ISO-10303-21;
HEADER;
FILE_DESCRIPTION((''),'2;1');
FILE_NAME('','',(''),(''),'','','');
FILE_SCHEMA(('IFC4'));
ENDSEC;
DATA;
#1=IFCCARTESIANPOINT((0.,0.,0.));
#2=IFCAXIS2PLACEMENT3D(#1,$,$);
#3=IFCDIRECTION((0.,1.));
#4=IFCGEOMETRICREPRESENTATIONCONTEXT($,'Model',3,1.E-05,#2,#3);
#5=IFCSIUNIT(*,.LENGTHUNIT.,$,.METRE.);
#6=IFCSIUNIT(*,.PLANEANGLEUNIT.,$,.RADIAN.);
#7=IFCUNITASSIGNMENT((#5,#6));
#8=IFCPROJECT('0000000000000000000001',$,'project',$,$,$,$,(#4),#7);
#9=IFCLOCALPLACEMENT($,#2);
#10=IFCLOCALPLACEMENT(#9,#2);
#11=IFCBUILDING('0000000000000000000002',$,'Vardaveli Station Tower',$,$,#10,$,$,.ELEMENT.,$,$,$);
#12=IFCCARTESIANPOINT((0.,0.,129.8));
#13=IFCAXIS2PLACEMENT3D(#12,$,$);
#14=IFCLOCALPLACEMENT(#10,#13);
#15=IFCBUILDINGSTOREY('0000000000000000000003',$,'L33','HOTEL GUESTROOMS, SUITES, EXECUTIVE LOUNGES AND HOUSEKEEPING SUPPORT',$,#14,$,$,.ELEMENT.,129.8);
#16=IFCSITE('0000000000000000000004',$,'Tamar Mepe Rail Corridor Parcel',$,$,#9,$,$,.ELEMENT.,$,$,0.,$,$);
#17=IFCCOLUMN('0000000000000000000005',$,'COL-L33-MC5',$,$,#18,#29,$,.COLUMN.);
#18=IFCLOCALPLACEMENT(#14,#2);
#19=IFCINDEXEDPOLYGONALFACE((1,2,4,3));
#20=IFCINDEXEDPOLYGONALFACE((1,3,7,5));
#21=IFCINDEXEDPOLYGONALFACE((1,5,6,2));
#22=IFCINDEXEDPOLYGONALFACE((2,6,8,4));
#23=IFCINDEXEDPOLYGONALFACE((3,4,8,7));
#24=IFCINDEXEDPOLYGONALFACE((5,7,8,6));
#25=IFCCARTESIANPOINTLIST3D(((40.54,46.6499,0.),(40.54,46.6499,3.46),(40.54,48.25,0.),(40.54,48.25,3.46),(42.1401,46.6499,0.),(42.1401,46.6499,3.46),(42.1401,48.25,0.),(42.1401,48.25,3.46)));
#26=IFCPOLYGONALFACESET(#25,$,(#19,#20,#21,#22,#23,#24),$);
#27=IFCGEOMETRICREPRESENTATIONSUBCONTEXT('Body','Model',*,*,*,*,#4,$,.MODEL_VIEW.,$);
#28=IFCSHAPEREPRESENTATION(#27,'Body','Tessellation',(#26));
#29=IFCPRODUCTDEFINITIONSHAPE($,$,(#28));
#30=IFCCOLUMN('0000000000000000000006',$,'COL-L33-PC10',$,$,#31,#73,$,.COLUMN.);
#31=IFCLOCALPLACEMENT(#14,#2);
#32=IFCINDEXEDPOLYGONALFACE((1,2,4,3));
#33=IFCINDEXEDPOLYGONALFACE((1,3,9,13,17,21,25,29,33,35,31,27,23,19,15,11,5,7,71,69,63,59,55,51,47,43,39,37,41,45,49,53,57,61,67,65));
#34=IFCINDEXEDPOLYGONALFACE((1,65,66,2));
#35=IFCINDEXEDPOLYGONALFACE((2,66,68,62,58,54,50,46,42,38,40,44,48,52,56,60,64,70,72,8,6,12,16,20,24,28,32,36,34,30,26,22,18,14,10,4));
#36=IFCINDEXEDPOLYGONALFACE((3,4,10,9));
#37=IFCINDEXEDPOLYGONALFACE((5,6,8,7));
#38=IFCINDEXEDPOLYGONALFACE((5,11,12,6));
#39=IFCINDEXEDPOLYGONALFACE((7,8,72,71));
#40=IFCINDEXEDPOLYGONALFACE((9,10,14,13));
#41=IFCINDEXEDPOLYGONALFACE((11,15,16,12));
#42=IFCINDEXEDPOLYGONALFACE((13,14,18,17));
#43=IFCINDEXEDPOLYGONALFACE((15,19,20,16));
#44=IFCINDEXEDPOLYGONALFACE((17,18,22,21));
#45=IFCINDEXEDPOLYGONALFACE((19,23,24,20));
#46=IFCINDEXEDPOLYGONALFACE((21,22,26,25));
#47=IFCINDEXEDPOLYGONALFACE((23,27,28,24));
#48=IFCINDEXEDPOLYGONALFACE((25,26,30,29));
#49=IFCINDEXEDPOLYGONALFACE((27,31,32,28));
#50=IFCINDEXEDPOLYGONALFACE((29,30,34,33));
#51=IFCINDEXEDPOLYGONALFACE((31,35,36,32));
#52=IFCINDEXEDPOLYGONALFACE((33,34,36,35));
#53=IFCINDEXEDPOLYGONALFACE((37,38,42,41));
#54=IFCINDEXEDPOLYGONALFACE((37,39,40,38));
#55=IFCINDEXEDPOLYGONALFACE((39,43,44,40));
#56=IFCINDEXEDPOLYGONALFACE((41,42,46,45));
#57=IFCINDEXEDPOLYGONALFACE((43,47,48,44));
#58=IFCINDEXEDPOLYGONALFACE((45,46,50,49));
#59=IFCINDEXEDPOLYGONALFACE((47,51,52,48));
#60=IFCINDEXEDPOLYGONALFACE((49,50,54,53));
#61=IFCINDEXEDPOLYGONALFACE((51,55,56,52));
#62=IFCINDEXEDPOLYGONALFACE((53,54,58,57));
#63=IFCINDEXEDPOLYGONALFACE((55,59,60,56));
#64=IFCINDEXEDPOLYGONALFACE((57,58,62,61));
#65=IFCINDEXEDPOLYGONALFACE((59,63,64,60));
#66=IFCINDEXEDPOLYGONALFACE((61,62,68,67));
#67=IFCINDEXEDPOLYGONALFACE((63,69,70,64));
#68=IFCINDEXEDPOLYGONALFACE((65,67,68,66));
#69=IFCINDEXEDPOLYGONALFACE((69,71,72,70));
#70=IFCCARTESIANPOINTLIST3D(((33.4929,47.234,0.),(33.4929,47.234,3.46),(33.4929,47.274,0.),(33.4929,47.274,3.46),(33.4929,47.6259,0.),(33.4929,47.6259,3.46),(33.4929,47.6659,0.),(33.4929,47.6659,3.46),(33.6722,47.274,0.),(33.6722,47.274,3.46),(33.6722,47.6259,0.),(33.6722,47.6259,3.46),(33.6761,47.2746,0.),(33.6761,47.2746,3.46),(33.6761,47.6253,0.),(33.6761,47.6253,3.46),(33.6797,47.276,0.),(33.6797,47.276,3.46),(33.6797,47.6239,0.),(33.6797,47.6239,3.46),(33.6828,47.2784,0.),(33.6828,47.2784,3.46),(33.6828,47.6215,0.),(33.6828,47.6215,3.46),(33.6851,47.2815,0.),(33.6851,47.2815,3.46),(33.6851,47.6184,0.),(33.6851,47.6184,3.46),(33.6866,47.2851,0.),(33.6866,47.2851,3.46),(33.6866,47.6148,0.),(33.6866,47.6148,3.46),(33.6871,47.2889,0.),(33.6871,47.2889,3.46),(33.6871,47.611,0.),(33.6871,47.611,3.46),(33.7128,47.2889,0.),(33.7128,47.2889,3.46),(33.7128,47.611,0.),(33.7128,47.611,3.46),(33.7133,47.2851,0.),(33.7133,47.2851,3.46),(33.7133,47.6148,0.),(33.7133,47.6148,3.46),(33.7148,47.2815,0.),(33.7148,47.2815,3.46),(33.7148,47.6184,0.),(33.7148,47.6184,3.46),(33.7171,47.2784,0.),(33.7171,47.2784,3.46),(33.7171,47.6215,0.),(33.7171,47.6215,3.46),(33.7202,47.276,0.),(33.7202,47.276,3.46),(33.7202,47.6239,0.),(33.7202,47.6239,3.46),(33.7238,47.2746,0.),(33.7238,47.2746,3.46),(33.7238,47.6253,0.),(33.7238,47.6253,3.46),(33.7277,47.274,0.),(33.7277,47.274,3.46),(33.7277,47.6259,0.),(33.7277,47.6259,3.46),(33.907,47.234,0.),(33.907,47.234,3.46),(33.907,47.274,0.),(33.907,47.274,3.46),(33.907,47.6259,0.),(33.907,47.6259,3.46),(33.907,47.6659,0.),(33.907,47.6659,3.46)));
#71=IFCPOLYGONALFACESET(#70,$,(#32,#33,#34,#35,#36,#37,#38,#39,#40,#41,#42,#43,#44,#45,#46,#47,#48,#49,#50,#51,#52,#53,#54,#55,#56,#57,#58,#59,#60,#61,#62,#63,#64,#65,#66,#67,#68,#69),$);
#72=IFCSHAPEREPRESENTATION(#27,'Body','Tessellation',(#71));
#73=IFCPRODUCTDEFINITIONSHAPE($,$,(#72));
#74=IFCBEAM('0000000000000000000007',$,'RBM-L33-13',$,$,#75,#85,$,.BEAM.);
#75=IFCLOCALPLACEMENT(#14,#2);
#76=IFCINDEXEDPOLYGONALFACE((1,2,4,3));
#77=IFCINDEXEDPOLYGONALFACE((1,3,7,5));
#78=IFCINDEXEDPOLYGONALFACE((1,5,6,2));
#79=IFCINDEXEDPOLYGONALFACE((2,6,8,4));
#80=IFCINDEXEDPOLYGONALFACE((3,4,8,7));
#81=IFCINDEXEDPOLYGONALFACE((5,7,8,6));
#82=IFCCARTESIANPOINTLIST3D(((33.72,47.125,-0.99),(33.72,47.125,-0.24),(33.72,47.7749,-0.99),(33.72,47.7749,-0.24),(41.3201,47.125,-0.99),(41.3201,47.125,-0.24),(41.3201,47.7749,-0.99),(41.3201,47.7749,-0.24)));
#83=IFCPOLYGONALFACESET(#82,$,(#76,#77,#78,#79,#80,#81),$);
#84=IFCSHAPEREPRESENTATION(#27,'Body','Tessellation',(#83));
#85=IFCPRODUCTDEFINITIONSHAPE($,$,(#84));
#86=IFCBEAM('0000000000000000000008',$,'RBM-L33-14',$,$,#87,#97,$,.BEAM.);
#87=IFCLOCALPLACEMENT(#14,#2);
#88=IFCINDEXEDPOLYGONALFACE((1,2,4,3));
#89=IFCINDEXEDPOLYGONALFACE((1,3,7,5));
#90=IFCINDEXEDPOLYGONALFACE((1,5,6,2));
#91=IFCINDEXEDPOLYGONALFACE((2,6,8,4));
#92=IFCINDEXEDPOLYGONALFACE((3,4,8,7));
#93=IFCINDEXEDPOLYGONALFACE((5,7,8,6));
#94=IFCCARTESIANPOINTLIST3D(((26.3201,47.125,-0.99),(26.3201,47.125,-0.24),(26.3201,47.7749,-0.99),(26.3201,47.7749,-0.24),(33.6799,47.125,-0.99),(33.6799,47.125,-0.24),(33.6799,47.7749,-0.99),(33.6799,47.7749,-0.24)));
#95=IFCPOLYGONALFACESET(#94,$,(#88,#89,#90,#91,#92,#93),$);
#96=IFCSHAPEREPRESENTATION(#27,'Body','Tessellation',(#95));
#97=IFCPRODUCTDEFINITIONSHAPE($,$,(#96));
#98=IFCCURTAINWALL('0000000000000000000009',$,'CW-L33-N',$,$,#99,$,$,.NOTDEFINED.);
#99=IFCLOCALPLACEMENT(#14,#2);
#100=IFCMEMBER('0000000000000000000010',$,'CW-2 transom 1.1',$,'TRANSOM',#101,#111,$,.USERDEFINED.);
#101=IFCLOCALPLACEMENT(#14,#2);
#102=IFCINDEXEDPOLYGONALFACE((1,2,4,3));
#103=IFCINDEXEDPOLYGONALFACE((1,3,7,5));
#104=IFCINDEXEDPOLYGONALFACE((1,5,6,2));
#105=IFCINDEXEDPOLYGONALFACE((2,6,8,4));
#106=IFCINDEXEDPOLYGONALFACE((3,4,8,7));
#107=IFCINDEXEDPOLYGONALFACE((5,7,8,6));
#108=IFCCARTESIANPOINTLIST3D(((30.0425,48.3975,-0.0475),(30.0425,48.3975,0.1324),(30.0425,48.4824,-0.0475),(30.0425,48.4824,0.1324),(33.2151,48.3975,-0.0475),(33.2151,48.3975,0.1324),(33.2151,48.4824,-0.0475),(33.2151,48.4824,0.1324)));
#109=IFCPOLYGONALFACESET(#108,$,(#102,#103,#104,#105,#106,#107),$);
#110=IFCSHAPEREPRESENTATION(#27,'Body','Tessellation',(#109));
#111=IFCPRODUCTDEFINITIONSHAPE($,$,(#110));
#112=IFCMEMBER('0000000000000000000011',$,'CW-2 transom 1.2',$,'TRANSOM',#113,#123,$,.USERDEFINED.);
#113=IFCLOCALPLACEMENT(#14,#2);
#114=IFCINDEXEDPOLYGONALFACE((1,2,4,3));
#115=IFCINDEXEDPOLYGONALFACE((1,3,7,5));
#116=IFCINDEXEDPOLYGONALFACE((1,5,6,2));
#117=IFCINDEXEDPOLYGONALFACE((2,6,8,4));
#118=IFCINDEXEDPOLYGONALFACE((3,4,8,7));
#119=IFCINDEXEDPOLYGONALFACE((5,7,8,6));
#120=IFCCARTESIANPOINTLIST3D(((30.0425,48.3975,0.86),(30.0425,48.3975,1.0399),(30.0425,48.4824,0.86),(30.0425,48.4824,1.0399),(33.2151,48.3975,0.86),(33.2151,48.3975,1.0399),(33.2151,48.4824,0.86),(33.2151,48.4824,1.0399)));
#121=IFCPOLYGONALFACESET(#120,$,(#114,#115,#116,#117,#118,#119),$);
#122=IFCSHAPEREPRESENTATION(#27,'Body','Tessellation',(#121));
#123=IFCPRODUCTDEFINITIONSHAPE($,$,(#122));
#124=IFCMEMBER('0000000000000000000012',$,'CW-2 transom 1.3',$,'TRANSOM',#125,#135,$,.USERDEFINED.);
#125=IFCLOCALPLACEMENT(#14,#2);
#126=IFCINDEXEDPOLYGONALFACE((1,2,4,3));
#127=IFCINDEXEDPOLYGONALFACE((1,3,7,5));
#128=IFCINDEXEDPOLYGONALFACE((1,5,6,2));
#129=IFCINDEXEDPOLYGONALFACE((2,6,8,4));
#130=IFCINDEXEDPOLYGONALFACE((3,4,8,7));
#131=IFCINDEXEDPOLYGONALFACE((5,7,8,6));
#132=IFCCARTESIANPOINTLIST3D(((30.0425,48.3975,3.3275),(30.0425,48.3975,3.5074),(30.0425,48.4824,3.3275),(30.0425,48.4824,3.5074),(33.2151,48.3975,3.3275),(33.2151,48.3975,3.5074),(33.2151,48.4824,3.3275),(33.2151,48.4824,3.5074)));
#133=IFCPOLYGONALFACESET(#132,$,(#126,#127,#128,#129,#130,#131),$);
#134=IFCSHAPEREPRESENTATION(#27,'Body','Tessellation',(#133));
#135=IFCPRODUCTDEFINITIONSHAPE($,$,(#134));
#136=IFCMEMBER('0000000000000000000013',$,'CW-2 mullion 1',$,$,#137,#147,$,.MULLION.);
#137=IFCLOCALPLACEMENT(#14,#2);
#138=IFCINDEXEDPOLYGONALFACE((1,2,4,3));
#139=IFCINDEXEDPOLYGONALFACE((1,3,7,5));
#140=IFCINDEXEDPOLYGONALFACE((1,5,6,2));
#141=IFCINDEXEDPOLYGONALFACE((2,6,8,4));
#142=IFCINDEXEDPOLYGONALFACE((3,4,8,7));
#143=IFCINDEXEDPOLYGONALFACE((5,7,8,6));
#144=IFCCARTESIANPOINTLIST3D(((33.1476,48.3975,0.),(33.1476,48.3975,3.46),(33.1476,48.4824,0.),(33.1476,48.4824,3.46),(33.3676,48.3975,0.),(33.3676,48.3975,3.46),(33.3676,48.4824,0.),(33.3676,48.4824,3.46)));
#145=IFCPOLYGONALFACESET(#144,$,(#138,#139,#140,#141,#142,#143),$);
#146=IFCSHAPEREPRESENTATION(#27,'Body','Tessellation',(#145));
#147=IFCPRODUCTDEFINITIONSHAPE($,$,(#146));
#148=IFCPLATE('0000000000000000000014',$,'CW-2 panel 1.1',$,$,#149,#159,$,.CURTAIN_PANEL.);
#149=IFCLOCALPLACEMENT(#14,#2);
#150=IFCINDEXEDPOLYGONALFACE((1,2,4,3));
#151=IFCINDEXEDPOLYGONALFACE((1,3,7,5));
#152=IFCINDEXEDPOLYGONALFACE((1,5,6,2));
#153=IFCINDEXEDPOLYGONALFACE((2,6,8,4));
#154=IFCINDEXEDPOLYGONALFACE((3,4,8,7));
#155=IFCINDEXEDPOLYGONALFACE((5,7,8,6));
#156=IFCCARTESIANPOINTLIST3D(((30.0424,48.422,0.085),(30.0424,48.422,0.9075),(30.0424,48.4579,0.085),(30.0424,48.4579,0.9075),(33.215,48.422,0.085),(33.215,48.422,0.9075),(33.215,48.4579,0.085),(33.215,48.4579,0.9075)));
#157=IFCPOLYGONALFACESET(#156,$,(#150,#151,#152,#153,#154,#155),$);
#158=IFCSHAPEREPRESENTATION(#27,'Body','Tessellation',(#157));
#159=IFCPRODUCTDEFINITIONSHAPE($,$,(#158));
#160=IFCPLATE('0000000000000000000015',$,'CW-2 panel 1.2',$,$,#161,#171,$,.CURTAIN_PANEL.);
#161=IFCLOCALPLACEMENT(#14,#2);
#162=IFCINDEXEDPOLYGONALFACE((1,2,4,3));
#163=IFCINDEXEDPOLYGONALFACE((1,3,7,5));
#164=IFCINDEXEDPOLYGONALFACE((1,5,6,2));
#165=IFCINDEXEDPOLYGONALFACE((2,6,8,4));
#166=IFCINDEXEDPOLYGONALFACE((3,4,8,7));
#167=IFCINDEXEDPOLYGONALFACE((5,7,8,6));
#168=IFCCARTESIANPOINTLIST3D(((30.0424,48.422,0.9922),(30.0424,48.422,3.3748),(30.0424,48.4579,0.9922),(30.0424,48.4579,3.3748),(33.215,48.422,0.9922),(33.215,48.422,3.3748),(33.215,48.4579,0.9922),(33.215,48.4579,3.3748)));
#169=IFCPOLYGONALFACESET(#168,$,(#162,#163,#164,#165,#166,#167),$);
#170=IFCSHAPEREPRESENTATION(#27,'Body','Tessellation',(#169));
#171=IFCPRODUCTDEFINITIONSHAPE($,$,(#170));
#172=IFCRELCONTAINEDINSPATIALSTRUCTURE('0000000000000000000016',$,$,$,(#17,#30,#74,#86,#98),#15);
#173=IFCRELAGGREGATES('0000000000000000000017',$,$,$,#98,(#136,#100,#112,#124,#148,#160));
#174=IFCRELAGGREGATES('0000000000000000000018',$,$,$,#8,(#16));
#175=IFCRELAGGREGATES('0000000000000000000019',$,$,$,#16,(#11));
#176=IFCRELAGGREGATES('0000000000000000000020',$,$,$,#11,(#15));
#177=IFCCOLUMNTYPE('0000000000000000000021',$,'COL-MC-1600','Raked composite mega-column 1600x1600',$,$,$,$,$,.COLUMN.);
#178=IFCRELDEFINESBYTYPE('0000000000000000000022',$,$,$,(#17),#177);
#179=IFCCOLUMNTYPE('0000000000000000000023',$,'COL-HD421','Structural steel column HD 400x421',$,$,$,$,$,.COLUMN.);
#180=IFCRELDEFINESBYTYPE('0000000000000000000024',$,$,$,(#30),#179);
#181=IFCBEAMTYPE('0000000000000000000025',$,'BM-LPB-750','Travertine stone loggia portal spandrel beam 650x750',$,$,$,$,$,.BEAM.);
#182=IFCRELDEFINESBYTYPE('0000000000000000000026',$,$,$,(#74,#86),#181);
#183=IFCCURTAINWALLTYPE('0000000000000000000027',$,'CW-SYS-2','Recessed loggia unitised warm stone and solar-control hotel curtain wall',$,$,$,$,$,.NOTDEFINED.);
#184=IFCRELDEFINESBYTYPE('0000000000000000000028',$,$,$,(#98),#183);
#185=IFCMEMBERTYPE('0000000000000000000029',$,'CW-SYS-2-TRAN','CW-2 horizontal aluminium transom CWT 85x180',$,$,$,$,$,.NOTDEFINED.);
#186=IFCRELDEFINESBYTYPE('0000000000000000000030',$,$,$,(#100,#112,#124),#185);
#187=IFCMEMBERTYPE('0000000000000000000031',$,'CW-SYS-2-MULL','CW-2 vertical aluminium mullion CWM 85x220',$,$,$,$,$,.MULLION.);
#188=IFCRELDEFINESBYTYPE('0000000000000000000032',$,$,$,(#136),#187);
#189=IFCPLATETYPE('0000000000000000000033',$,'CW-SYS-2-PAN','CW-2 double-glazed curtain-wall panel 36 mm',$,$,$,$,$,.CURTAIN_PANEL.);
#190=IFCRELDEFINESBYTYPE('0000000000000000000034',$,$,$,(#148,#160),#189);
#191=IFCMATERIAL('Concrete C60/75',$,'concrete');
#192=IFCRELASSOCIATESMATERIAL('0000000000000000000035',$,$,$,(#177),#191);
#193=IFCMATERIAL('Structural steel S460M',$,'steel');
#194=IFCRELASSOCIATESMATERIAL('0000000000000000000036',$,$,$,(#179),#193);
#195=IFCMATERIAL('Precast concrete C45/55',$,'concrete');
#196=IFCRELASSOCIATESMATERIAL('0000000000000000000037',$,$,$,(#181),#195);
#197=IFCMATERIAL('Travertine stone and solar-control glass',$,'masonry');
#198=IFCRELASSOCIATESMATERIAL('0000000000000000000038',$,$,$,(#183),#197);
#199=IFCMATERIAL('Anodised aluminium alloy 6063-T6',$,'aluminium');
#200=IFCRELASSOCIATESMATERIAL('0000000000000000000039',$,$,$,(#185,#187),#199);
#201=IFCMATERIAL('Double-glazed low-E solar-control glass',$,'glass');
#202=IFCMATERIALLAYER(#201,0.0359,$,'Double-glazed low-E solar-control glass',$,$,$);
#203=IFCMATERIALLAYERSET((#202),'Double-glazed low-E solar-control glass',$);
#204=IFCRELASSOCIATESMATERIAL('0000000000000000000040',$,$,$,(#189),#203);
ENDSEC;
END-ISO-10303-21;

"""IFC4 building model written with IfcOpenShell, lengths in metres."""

from ifc_helpers import new_model, si_unit, direction, frame, origin, origin_2d, place, context, subcontext, project, spatial, rectangle, i_section, extrude, source, transform, mapped, material, layer, layer_set, material_profile, profile_set, type_object, element, aggregate, save


model = new_model("IFC4")

# Units and contexts
model_context = context("Model", 3, precision=1e-05, world=origin(), true_north=direction((0.0, 1.0)))
body_context = subcontext(model_context, "Body", "Model", "MODEL_VIEW")
ifc_project = project(units=[si_unit("LENGTHUNIT", "METRE"), si_unit("PLANEANGLEUNIT", "RADIAN")], contexts=[model_context])

# Site, building, storey
site_placement = place(None, origin())
site = spatial("IfcSite", under=ifc_project, at=site_placement, Name="Tamar Mepe Rail Corridor Parcel", CompositionType="ELEMENT", RefElevation=0.0)
building_placement = place(site_placement, origin())
building = spatial("IfcBuilding", under=site, at=building_placement, Name="Vardaveli Station Tower", CompositionType="ELEMENT")
storey_placement = place(building_placement, frame((0.0, 0.0, 129.8)))
storey = spatial("IfcBuildingStorey", under=building, at=storey_placement, Name="L33", Description="HOTEL GUESTROOMS, SUITES, EXECUTIVE LOUNGES AND HOUSEKEEPING SUPPORT", CompositionType="ELEMENT", Elevation=129.8)

# Columns
ifc_material_1 = material(Name="Concrete C60/75", Category="concrete")
ifc_material_profile_1 = material_profile(ifc_material_1, rectangle(XDim=1.6001, YDim=1.6001, at=origin_2d()), Name="MC 1600x1600")
ifc_profile_set_1 = profile_set([ifc_material_profile_1], Name="Concrete C60/75")
column_type_1 = type_object("IfcColumnType", Name="COL-MC-1600", Description="Raked composite mega-column 1600x1600", PredefinedType="COLUMN", material=ifc_profile_set_1)
shared_shape_1 = source(origin(), body_context, "Body", "SweptSolid", [
    extrude(rectangle(XDim=1.6001, YDim=1.6001, at=origin_2d()), origin(), (0.0, 0.0, 1.0), 3.46),
])
column_1_placement = place(storey_placement, frame((41.3401, 47.45, 0.0), z_axis=(0.0, 0.0, 1.0), x_axis=(1.0, 0.0, 0.0)))
element("IfcColumn", 1, at=column_1_placement, inside=storey, type_object=column_type_1, Name="COL-L33-MC5", PredefinedType="COLUMN", context=body_context, shape_type="MappedRepresentation", body=[
    mapped(shared_shape_1, transform((0.0, 0.0, 0.0), scale=1.0)),
])
ifc_material_2 = material(Name="Structural steel S460M", Category="steel")
ifc_material_profile_2 = material_profile(ifc_material_2, i_section(OverallWidth=0.4141, OverallDepth=0.4319, WebThickness=0.0256, FlangeThickness=0.04, FilletRadius=0.0149, at=origin_2d()), Name="HD 400x421")
ifc_profile_set_2 = profile_set([ifc_material_profile_2], Name="Structural steel S460M")
column_type_2 = type_object("IfcColumnType", Name="COL-HD421", Description="Structural steel column HD 400x421", PredefinedType="COLUMN", material=ifc_profile_set_2)
shared_shape_2 = source(origin(), body_context, "Body", "SweptSolid", [
    extrude(i_section(OverallWidth=0.4141, OverallDepth=0.4319, WebThickness=0.0256, FlangeThickness=0.04, FilletRadius=0.0149, at=origin_2d()), origin(), (0.0, 0.0, 1.0), 3.46),
])
column_2_placement = place(storey_placement, frame((33.7, 47.45, 0.0), z_axis=(0.0, 0.0, 1.0), x_axis=(1.0, 0.0, 0.0)))
element("IfcColumn", 2, at=column_2_placement, inside=storey, type_object=column_type_2, Name="COL-L33-PC10", PredefinedType="COLUMN", context=body_context, shape_type="MappedRepresentation", body=[
    mapped(shared_shape_2, transform((0.0, 0.0, 0.0), scale=1.0)),
])

# Beams
ifc_material_3 = material(Name="Precast concrete C45/55", Category="concrete")
ifc_material_profile_3 = material_profile(ifc_material_3, rectangle(XDim=0.6499, YDim=0.75, at=origin_2d()), Name="LPB 650x750")
ifc_profile_set_3 = profile_set([ifc_material_profile_3], Name="Precast concrete C45/55")
beam_type = type_object("IfcBeamType", Name="BM-LPB-750", Description="Travertine stone loggia portal spandrel beam 650x750", PredefinedType="BEAM", material=ifc_profile_set_3)
shared_shape_3 = source(origin(), body_context, "Body", "SweptSolid", [
    extrude(rectangle(XDim=0.6499, YDim=0.75, at=origin_2d()), origin(), (0.0, 0.0, 1.0), 7.6001),
])
beam_1_placement = place(storey_placement, frame((41.3201, 47.45, -0.615), z_axis=(-1.0, 0.0, 0.0), x_axis=(0.0, -1.0, 0.0)))
element("IfcBeam", 3, at=beam_1_placement, inside=storey, type_object=beam_type, Name="RBM-L33-13", PredefinedType="BEAM", context=body_context, shape_type="MappedRepresentation", body=[
    mapped(shared_shape_3, transform((0.0, 0.0, 0.0), scale=1.0)),
])
shared_shape_4 = source(origin(), body_context, "Body", "SweptSolid", [
    extrude(rectangle(XDim=0.6499, YDim=0.75, at=origin_2d()), origin(), (0.0, 0.0, 1.0), 7.3599),
])
beam_2_placement = place(storey_placement, frame((33.6799, 47.45, -0.615), z_axis=(-1.0, 0.0, 0.0), x_axis=(0.0, -1.0, 0.0)))
element("IfcBeam", 4, at=beam_2_placement, inside=storey, type_object=beam_type, Name="RBM-L33-14", PredefinedType="BEAM", context=body_context, shape_type="MappedRepresentation", body=[
    mapped(shared_shape_4, transform((0.0, 0.0, 0.0), scale=1.0)),
])

# Curtain wall, members, plates
ifc_material_4 = material(Name="Travertine stone and solar-control glass", Category="masonry")
curtain_wall_type = type_object("IfcCurtainWallType", Name="CW-SYS-2", Description="Recessed loggia unitised warm stone and solar-control hotel curtain wall", PredefinedType="NOTDEFINED", material=ifc_material_4)
curtain_wall_placement = place(storey_placement, origin())
curtain_wall = element("IfcCurtainWall", 5, at=curtain_wall_placement, inside=storey, type_object=curtain_wall_type, Name="CW-L33-N", PredefinedType="NOTDEFINED")
ifc_material_5 = material(Name="Anodised aluminium alloy 6063-T6", Category="aluminium")
ifc_material_profile_4 = material_profile(ifc_material_5, rectangle(XDim=0.085, YDim=0.1799, at=origin_2d()), Name="CWT 85x180")
ifc_profile_set_4 = profile_set([ifc_material_profile_4], Name="Anodised aluminium alloy 6063-T6")
member_type_1 = type_object("IfcMemberType", Name="CW-SYS-2-TRAN", Description="CW-2 horizontal aluminium transom CWT 85x180", PredefinedType="NOTDEFINED", material=ifc_profile_set_4)
shared_shape_5 = source(origin(), body_context, "Body", "SweptSolid", [
    extrude(rectangle(XDim=0.085, YDim=0.1799, at=origin_2d()), origin(), (0.0, 0.0, 1.0), 3.1726),
])
member_1_placement = place(storey_placement, frame((33.2151, 48.4399, 0.0425), z_axis=(-1.0, 0.0, 0.0), x_axis=(0.0, -1.0, 0.0)))
member_1 = element("IfcMember", 6, at=member_1_placement, type_object=member_type_1, Name="CW-2 transom 1.1", ObjectType="TRANSOM", PredefinedType="USERDEFINED", context=body_context, shape_type="MappedRepresentation", body=[
    mapped(shared_shape_5, transform((0.0, 0.0, 0.0), scale=1.0)),
])
member_2_placement = place(storey_placement, frame((33.2151, 48.4399, 0.95), z_axis=(-1.0, 0.0, 0.0), x_axis=(0.0, -1.0, 0.0)))
member_2 = element("IfcMember", 7, at=member_2_placement, type_object=member_type_1, Name="CW-2 transom 1.2", ObjectType="TRANSOM", PredefinedType="USERDEFINED", context=body_context, shape_type="MappedRepresentation", body=[
    mapped(shared_shape_5, transform((0.0, 0.0, 0.0), scale=1.0)),
])
member_3_placement = place(storey_placement, frame((33.2151, 48.4399, 3.4175), z_axis=(-1.0, 0.0, 0.0), x_axis=(0.0, -1.0, 0.0)))
member_3 = element("IfcMember", 8, at=member_3_placement, type_object=member_type_1, Name="CW-2 transom 1.3", ObjectType="TRANSOM", PredefinedType="USERDEFINED", context=body_context, shape_type="MappedRepresentation", body=[
    mapped(shared_shape_5, transform((0.0, 0.0, 0.0), scale=1.0)),
])
ifc_material_profile_5 = material_profile(ifc_material_5, rectangle(XDim=0.085, YDim=0.22, at=origin_2d()), Name="CWM 85x220")
ifc_profile_set_5 = profile_set([ifc_material_profile_5], Name="Anodised aluminium alloy 6063-T6")
member_type_2 = type_object("IfcMemberType", Name="CW-SYS-2-MULL", Description="CW-2 vertical aluminium mullion CWM 85x220", PredefinedType="MULLION", material=ifc_profile_set_5)
shared_shape_6 = source(origin(), body_context, "Body", "SweptSolid", [
    extrude(rectangle(XDim=0.085, YDim=0.22, at=origin_2d()), origin(), (0.0, 0.0, 1.0), 3.46),
])
member_4_placement = place(storey_placement, frame((33.2576, 48.4399, 0.0), z_axis=(0.0, 0.0, 1.0), x_axis=(0.0, -1.0, 0.0)))
member_4 = element("IfcMember", 9, at=member_4_placement, type_object=member_type_2, Name="CW-2 mullion 1", PredefinedType="MULLION", context=body_context, shape_type="MappedRepresentation", body=[
    mapped(shared_shape_6, transform((0.0, 0.0, 0.0), scale=1.0)),
])
ifc_material_6 = material(Name="Double-glazed low-E solar-control glass", Category="glass")
ifc_layer_1 = layer(ifc_material_6, 0.0359, Name="Double-glazed low-E solar-control glass")
ifc_layer_set_1 = layer_set([ifc_layer_1], Name="Double-glazed low-E solar-control glass")
plate_type = type_object("IfcPlateType", Name="CW-SYS-2-PAN", Description="CW-2 double-glazed curtain-wall panel 36 mm", PredefinedType="CURTAIN_PANEL", material=ifc_layer_set_1)
shared_shape_7 = source(origin(), body_context, "Body", "SweptSolid", [
    extrude(rectangle(XDim=3.1726, YDim=0.0359, at=origin_2d()), origin(), (0.0, 0.0, 1.0), 0.8225),
])
plate_1_placement = place(storey_placement, frame((31.6287, 48.4399, 0.085), z_axis=(0.0, 0.0, 1.0), x_axis=(-1.0, 0.0, 0.0)))
plate_1 = element("IfcPlate", 10, at=plate_1_placement, type_object=plate_type, Name="CW-2 panel 1.1", PredefinedType="CURTAIN_PANEL", context=body_context, shape_type="MappedRepresentation", body=[
    mapped(shared_shape_7, transform((0.0, 0.0, 0.0), scale=1.0)),
])
shared_shape_8 = source(origin(), body_context, "Body", "SweptSolid", [
    extrude(rectangle(XDim=3.1726, YDim=0.0359, at=origin_2d()), origin(), (0.0, 0.0, 1.0), 2.3826),
])
plate_2_placement = place(storey_placement, frame((31.6287, 48.4399, 0.9922), z_axis=(0.0, 0.0, 1.0), x_axis=(-1.0, 0.0, 0.0)))
plate_2 = element("IfcPlate", 11, at=plate_2_placement, type_object=plate_type, Name="CW-2 panel 1.2", PredefinedType="CURTAIN_PANEL", context=body_context, shape_type="MappedRepresentation", body=[
    mapped(shared_shape_8, transform((0.0, 0.0, 0.0), scale=1.0)),
])
aggregate(curtain_wall, [member_4, member_1, member_2, member_3, plate_1, plate_2])

save(model, "model.ifc")
